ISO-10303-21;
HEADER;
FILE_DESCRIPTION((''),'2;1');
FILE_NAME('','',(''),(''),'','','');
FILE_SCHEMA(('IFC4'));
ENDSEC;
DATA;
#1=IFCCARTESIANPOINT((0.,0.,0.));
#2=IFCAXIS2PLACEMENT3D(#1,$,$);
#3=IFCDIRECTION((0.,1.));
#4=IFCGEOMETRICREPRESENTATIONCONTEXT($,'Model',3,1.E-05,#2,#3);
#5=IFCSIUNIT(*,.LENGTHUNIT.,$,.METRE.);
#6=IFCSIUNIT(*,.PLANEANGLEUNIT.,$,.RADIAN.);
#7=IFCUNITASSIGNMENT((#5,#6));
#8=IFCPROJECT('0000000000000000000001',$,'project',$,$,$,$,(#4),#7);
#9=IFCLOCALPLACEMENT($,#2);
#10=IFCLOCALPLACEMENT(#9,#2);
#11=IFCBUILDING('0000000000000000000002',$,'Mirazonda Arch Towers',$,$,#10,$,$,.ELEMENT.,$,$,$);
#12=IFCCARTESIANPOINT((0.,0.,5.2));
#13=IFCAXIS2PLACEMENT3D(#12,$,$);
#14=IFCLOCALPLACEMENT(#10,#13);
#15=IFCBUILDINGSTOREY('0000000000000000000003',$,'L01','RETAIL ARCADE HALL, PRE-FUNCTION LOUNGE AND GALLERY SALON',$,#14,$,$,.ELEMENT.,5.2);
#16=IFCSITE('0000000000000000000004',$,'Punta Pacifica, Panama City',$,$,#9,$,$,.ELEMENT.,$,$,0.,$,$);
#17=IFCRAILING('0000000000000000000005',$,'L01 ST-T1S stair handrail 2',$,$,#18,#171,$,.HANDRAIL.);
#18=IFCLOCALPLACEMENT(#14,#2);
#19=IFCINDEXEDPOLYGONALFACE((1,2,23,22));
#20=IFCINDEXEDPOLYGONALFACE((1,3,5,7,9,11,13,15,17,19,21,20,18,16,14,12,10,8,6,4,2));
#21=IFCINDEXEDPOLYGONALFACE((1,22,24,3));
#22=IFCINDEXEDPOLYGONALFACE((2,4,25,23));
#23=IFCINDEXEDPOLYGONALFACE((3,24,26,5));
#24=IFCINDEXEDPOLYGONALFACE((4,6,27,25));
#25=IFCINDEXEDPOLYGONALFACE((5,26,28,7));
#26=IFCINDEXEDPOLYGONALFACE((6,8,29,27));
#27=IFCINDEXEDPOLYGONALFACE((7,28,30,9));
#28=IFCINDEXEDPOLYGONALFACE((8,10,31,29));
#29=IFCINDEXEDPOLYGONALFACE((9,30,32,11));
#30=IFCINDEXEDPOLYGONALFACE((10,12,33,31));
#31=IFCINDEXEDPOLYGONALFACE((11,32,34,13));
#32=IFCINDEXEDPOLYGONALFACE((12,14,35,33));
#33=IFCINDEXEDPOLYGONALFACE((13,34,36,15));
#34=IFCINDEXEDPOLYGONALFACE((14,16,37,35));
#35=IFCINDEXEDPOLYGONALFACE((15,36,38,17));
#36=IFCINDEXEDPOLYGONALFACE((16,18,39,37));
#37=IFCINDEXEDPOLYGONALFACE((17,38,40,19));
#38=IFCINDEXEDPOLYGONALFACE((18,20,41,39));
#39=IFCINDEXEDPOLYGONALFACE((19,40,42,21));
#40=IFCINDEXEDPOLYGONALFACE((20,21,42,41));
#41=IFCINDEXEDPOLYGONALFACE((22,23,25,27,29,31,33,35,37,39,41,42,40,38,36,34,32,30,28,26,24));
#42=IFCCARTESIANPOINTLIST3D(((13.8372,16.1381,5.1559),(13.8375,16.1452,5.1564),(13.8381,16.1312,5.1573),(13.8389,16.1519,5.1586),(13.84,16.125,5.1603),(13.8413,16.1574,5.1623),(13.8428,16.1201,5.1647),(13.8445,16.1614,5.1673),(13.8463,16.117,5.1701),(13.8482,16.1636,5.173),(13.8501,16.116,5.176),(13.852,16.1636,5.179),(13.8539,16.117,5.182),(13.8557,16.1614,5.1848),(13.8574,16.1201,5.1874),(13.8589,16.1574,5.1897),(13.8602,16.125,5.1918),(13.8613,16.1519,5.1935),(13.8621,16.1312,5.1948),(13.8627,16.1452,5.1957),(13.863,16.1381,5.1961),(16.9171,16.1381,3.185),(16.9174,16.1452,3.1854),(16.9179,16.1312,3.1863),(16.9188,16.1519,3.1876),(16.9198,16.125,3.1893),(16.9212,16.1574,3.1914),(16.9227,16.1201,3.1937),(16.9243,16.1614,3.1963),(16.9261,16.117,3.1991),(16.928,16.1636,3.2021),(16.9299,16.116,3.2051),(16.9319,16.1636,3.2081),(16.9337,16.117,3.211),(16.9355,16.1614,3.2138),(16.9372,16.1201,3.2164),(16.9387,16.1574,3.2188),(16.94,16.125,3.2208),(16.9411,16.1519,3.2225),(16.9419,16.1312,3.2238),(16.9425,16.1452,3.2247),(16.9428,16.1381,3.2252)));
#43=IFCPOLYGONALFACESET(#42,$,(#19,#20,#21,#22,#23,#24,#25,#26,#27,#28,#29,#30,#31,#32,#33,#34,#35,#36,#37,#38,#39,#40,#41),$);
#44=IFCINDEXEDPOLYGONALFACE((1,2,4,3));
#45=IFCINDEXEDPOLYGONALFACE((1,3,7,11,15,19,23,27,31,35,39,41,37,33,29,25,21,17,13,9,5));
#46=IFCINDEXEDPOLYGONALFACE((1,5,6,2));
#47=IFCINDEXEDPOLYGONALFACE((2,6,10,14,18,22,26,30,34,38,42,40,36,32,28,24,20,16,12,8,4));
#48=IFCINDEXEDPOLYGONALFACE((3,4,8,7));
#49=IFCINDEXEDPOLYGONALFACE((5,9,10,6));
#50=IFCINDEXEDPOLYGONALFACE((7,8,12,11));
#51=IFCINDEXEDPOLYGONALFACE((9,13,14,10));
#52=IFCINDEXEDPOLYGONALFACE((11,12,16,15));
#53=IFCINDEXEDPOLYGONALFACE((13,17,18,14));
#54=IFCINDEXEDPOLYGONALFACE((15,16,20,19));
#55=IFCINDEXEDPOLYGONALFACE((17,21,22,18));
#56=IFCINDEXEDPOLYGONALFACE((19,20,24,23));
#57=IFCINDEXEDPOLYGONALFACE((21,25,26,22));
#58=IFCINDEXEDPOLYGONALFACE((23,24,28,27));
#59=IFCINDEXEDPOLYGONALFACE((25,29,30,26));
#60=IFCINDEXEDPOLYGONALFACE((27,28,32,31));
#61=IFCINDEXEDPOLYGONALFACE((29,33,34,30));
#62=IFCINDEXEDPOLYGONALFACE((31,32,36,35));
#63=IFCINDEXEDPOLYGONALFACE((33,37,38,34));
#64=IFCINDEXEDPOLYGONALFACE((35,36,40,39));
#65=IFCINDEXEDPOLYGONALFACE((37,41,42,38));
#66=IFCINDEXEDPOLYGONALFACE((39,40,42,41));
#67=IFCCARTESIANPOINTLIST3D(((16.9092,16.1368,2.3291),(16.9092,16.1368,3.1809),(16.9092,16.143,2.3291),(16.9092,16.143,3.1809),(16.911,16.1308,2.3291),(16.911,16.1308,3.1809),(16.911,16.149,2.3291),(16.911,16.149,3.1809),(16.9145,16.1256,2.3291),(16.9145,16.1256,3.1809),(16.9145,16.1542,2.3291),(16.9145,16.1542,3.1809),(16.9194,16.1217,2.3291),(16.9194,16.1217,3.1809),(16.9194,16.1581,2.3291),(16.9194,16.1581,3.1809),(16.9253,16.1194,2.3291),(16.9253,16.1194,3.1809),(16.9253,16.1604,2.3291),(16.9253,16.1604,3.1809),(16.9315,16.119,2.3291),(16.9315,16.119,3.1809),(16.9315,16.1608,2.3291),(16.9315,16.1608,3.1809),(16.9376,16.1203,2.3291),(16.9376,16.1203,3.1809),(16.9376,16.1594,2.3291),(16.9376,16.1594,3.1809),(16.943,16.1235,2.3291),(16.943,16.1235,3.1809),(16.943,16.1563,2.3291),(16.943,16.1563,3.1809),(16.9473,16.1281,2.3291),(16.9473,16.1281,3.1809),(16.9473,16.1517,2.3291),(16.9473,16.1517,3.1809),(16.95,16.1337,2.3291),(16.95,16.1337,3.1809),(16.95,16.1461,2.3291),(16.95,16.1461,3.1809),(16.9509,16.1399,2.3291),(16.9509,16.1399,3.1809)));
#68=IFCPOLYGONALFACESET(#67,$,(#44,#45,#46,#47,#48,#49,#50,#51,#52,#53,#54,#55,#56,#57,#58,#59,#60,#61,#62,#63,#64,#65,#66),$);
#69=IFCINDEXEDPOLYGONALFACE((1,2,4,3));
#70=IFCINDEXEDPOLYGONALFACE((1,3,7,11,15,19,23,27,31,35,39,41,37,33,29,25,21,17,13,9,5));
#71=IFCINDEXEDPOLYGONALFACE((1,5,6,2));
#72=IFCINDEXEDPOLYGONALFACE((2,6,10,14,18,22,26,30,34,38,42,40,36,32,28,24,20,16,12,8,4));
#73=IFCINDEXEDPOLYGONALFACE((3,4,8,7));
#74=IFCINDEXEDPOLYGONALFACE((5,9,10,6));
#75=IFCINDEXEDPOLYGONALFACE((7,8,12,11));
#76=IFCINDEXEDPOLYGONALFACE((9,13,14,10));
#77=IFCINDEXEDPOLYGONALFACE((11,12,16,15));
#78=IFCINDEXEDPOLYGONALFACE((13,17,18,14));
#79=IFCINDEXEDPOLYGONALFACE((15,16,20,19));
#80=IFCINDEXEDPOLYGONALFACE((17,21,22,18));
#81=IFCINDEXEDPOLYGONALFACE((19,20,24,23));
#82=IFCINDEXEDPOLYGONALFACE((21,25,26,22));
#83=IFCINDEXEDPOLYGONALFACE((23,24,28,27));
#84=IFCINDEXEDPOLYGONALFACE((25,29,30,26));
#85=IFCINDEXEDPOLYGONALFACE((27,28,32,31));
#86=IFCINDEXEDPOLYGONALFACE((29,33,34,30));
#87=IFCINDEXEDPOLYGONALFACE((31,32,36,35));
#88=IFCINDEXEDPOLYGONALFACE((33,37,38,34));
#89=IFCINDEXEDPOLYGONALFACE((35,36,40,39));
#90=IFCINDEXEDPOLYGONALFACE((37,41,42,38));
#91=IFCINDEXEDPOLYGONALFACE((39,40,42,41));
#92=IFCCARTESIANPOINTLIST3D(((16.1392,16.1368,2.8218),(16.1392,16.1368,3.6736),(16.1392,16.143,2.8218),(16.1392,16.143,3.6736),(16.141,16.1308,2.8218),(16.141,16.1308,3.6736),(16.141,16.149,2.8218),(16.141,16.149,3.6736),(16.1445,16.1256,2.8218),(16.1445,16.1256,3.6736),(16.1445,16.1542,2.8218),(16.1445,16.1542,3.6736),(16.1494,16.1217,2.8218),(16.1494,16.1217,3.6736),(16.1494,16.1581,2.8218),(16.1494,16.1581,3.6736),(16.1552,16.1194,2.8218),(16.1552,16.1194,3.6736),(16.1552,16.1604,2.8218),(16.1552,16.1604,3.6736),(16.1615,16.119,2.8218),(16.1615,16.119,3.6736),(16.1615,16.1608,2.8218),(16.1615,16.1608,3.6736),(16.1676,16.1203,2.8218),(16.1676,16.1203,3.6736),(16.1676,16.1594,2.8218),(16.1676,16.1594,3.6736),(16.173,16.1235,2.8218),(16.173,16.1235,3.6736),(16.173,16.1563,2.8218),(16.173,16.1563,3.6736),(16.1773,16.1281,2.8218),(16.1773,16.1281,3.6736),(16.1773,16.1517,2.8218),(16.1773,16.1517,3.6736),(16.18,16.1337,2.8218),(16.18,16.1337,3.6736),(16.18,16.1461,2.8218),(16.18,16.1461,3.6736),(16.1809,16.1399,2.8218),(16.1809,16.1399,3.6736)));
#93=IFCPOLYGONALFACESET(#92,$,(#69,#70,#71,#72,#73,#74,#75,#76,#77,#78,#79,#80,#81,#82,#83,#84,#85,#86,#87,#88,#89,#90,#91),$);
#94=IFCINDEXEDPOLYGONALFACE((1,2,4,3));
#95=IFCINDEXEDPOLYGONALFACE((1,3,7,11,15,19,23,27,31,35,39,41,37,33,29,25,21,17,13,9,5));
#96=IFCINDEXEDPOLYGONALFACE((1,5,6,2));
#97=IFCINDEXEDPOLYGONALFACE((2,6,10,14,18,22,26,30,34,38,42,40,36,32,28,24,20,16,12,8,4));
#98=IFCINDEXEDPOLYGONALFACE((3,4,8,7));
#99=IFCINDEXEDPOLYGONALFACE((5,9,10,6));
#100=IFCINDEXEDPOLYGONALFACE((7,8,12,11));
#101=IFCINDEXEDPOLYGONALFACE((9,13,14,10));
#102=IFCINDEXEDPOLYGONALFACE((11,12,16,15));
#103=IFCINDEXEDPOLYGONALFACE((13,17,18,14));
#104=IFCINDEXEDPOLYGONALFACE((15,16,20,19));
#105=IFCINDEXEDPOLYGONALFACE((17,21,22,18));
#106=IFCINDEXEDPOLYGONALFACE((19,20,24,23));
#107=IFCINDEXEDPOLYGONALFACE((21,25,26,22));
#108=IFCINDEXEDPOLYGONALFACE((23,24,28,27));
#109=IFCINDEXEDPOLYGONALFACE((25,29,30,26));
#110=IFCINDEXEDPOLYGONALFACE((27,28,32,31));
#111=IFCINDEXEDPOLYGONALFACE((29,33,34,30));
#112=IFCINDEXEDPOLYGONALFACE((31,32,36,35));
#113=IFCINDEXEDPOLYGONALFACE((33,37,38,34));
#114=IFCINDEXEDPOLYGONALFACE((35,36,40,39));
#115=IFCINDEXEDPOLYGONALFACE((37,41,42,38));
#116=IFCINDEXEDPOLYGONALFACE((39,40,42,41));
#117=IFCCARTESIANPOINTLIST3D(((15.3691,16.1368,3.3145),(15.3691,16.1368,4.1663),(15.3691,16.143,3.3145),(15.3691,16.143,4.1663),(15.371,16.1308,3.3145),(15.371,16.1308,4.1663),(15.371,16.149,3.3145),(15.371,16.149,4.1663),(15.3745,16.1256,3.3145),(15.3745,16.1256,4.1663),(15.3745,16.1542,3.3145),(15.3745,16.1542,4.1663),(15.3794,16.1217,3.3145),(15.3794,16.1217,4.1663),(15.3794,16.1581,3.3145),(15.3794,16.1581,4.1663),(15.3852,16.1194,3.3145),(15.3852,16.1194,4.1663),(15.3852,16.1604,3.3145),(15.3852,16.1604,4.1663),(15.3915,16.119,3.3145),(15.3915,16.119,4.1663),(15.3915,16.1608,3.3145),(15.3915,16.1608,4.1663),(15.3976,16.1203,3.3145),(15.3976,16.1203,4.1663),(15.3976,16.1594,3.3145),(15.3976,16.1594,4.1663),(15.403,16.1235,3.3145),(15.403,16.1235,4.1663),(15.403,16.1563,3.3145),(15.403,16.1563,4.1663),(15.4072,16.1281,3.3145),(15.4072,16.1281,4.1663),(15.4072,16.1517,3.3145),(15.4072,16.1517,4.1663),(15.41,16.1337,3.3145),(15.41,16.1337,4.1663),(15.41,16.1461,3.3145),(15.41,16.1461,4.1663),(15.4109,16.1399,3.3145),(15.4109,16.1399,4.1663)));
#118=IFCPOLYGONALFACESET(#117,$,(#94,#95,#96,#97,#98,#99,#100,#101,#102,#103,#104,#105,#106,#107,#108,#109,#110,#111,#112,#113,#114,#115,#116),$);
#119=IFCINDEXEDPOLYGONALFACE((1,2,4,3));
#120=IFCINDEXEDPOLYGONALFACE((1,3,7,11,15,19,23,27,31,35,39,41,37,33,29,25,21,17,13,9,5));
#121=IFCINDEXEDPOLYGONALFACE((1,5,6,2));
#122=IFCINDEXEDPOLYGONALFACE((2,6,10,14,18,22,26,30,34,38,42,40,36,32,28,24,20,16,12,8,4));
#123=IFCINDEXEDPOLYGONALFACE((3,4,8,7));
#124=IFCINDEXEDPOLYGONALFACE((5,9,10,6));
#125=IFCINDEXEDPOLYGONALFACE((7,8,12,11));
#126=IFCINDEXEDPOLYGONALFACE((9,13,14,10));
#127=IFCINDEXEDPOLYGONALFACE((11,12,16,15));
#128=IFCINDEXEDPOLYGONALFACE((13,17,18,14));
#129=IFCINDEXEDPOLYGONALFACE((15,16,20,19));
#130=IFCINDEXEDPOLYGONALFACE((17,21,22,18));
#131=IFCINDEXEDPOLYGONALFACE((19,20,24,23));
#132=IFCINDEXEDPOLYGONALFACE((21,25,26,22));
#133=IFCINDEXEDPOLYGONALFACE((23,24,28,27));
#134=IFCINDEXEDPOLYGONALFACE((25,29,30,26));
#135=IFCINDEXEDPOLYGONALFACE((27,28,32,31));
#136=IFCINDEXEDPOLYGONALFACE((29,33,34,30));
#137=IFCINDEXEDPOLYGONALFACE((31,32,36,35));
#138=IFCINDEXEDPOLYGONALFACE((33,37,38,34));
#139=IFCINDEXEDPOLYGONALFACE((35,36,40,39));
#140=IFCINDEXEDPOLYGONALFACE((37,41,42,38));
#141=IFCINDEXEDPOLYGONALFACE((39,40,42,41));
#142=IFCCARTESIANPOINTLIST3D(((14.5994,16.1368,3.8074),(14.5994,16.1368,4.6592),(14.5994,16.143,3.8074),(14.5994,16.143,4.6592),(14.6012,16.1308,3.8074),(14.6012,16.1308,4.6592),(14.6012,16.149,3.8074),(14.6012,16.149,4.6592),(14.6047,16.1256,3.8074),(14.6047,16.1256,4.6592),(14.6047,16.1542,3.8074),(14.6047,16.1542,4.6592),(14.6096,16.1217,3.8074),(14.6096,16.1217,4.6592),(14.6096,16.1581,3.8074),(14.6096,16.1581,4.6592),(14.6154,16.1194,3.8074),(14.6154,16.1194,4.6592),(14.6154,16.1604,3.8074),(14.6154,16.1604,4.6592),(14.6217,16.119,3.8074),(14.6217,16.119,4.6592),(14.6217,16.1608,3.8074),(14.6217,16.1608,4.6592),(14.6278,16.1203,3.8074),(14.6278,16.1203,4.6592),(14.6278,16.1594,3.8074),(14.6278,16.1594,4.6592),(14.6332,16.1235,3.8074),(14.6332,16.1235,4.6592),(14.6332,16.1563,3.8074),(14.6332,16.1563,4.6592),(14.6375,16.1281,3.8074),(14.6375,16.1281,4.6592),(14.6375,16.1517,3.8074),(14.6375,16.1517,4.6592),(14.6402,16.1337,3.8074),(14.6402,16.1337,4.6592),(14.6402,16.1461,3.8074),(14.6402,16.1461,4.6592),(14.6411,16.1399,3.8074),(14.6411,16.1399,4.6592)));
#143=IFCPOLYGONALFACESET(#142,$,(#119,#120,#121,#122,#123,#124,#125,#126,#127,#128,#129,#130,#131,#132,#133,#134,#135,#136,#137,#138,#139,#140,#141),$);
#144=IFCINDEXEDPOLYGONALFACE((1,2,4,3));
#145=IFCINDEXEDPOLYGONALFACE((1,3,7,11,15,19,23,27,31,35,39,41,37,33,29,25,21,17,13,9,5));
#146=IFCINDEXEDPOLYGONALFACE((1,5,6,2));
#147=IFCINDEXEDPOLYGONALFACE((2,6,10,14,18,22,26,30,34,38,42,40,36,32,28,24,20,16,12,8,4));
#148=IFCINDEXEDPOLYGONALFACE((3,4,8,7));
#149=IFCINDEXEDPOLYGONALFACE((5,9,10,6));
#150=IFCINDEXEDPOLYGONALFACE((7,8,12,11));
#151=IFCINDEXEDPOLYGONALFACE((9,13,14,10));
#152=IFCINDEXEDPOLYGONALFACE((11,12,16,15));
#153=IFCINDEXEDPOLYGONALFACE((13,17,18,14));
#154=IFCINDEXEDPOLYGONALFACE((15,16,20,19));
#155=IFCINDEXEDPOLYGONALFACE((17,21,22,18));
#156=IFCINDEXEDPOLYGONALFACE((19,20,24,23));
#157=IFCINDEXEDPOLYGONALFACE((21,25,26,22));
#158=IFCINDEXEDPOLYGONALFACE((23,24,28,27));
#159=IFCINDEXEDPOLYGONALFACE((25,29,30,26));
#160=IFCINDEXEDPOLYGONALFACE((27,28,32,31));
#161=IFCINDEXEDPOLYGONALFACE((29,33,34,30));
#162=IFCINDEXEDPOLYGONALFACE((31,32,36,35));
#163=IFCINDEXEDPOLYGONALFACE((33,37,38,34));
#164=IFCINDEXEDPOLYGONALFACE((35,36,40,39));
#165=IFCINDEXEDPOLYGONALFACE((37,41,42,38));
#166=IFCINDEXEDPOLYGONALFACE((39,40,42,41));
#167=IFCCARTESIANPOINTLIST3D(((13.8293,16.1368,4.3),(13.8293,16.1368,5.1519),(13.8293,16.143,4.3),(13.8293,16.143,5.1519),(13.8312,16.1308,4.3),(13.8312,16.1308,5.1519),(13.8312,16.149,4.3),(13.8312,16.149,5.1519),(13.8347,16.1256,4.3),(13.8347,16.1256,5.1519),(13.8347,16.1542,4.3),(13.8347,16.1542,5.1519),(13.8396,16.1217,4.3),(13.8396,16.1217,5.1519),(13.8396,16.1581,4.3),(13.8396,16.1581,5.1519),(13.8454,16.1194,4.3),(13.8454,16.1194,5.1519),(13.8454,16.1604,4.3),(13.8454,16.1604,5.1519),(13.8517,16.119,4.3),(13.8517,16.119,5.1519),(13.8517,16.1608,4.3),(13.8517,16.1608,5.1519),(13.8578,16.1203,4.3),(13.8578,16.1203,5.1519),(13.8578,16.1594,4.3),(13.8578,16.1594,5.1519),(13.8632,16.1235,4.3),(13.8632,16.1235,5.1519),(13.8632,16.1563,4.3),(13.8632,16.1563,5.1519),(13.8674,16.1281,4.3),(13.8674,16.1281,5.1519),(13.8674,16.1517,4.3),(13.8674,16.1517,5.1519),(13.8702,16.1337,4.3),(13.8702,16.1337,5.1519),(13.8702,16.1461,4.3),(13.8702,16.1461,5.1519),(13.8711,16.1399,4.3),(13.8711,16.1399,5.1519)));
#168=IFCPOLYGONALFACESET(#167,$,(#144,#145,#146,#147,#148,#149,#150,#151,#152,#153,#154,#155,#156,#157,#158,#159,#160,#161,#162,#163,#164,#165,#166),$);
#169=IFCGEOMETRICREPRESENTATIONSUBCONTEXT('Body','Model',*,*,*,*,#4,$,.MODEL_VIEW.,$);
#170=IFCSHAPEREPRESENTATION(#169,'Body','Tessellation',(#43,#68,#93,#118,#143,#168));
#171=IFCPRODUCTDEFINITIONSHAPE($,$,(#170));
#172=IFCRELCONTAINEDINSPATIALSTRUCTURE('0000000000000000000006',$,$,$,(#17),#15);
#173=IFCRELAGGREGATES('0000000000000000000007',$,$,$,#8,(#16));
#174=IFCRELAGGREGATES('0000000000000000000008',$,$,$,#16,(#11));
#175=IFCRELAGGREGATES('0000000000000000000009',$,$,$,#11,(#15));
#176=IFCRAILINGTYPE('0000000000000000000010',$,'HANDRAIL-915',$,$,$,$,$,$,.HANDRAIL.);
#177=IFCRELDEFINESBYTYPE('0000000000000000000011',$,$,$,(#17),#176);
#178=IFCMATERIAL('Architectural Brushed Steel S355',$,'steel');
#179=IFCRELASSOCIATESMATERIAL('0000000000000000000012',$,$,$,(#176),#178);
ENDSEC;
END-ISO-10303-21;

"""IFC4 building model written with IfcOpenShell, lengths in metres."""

from ifc_helpers import new_model, si_unit, direction, frame, origin, origin_2d, place, context, subcontext, project, spatial, circle, extrude, material, type_object, element, save


model = new_model("IFC4")

# Units and contexts
model_context = context("Model", 3, precision=1e-05, world=origin(), true_north=direction((0.0, 1.0)))
body_context = subcontext(model_context, "Body", "Model", "MODEL_VIEW")
ifc_project = project(units=[si_unit("LENGTHUNIT", "METRE"), si_unit("PLANEANGLEUNIT", "RADIAN")], contexts=[model_context])

# Site, building, storey
site_placement = place(None, origin())
site = spatial("IfcSite", under=ifc_project, at=site_placement, Name="Punta Pacifica, Panama City", CompositionType="ELEMENT", RefElevation=0.0)
building_placement = place(site_placement, origin())
building = spatial("IfcBuilding", under=site, at=building_placement, Name="Mirazonda Arch Towers", CompositionType="ELEMENT")
storey_placement = place(building_placement, frame((0.0, 0.0, 5.2)))
storey = spatial("IfcBuildingStorey", under=building, at=storey_placement, Name="L01", Description="RETAIL ARCADE HALL, PRE-FUNCTION LOUNGE AND GALLERY SALON", CompositionType="ELEMENT", Elevation=5.2)

# Shared definitions
ifc_material_1 = material(Name="Architectural Brushed Steel S355", Category="steel")

# Railing
railing_type_1 = type_object("IfcRailingType", Name="HANDRAIL-915", PredefinedType="HANDRAIL", material=ifc_material_1)
railing_1_placement = place(storey_placement, frame((16.9299, 16.1399, 2.3291)))
element("IfcRailing", 1, at=railing_1_placement, inside=storey, type_object=railing_type_1, Name="L01 ST-T1S stair handrail 2", PredefinedType="HANDRAIL", context=body_context, shape_type="SweptSolid", body=[
    extrude(circle(Radius=0.0239, at=origin_2d()), frame((0.0, 0.0, 0.876), z_axis=(-0.84229, 0.0, 0.539025), x_axis=(0.0, -1.0, 0.0)), (0.0, 0.0, 1.0), 3.6565),
    extrude(circle(Radius=0.021, at=origin_2d()), origin(), (0.0, 0.0, 1.0), 0.8518),
    extrude(circle(Radius=0.021, at=origin_2d()), frame((-0.77, 0.0, 0.4927)), (0.0, 0.0, 1.0), 0.8518),
    extrude(circle(Radius=0.021, at=origin_2d()), frame((-1.54, 0.0, 0.9854)), (0.0, 0.0, 1.0), 0.8518),
    extrude(circle(Radius=0.021, at=origin_2d()), frame((-2.3098, 0.0, 1.4783)), (0.0, 0.0, 1.0), 0.8518),
    extrude(circle(Radius=0.021, at=origin_2d()), frame((-3.0798, 0.0, 1.9709)), (0.0, 0.0, 1.0), 0.8518),
])

save(model, "model.ifc")
